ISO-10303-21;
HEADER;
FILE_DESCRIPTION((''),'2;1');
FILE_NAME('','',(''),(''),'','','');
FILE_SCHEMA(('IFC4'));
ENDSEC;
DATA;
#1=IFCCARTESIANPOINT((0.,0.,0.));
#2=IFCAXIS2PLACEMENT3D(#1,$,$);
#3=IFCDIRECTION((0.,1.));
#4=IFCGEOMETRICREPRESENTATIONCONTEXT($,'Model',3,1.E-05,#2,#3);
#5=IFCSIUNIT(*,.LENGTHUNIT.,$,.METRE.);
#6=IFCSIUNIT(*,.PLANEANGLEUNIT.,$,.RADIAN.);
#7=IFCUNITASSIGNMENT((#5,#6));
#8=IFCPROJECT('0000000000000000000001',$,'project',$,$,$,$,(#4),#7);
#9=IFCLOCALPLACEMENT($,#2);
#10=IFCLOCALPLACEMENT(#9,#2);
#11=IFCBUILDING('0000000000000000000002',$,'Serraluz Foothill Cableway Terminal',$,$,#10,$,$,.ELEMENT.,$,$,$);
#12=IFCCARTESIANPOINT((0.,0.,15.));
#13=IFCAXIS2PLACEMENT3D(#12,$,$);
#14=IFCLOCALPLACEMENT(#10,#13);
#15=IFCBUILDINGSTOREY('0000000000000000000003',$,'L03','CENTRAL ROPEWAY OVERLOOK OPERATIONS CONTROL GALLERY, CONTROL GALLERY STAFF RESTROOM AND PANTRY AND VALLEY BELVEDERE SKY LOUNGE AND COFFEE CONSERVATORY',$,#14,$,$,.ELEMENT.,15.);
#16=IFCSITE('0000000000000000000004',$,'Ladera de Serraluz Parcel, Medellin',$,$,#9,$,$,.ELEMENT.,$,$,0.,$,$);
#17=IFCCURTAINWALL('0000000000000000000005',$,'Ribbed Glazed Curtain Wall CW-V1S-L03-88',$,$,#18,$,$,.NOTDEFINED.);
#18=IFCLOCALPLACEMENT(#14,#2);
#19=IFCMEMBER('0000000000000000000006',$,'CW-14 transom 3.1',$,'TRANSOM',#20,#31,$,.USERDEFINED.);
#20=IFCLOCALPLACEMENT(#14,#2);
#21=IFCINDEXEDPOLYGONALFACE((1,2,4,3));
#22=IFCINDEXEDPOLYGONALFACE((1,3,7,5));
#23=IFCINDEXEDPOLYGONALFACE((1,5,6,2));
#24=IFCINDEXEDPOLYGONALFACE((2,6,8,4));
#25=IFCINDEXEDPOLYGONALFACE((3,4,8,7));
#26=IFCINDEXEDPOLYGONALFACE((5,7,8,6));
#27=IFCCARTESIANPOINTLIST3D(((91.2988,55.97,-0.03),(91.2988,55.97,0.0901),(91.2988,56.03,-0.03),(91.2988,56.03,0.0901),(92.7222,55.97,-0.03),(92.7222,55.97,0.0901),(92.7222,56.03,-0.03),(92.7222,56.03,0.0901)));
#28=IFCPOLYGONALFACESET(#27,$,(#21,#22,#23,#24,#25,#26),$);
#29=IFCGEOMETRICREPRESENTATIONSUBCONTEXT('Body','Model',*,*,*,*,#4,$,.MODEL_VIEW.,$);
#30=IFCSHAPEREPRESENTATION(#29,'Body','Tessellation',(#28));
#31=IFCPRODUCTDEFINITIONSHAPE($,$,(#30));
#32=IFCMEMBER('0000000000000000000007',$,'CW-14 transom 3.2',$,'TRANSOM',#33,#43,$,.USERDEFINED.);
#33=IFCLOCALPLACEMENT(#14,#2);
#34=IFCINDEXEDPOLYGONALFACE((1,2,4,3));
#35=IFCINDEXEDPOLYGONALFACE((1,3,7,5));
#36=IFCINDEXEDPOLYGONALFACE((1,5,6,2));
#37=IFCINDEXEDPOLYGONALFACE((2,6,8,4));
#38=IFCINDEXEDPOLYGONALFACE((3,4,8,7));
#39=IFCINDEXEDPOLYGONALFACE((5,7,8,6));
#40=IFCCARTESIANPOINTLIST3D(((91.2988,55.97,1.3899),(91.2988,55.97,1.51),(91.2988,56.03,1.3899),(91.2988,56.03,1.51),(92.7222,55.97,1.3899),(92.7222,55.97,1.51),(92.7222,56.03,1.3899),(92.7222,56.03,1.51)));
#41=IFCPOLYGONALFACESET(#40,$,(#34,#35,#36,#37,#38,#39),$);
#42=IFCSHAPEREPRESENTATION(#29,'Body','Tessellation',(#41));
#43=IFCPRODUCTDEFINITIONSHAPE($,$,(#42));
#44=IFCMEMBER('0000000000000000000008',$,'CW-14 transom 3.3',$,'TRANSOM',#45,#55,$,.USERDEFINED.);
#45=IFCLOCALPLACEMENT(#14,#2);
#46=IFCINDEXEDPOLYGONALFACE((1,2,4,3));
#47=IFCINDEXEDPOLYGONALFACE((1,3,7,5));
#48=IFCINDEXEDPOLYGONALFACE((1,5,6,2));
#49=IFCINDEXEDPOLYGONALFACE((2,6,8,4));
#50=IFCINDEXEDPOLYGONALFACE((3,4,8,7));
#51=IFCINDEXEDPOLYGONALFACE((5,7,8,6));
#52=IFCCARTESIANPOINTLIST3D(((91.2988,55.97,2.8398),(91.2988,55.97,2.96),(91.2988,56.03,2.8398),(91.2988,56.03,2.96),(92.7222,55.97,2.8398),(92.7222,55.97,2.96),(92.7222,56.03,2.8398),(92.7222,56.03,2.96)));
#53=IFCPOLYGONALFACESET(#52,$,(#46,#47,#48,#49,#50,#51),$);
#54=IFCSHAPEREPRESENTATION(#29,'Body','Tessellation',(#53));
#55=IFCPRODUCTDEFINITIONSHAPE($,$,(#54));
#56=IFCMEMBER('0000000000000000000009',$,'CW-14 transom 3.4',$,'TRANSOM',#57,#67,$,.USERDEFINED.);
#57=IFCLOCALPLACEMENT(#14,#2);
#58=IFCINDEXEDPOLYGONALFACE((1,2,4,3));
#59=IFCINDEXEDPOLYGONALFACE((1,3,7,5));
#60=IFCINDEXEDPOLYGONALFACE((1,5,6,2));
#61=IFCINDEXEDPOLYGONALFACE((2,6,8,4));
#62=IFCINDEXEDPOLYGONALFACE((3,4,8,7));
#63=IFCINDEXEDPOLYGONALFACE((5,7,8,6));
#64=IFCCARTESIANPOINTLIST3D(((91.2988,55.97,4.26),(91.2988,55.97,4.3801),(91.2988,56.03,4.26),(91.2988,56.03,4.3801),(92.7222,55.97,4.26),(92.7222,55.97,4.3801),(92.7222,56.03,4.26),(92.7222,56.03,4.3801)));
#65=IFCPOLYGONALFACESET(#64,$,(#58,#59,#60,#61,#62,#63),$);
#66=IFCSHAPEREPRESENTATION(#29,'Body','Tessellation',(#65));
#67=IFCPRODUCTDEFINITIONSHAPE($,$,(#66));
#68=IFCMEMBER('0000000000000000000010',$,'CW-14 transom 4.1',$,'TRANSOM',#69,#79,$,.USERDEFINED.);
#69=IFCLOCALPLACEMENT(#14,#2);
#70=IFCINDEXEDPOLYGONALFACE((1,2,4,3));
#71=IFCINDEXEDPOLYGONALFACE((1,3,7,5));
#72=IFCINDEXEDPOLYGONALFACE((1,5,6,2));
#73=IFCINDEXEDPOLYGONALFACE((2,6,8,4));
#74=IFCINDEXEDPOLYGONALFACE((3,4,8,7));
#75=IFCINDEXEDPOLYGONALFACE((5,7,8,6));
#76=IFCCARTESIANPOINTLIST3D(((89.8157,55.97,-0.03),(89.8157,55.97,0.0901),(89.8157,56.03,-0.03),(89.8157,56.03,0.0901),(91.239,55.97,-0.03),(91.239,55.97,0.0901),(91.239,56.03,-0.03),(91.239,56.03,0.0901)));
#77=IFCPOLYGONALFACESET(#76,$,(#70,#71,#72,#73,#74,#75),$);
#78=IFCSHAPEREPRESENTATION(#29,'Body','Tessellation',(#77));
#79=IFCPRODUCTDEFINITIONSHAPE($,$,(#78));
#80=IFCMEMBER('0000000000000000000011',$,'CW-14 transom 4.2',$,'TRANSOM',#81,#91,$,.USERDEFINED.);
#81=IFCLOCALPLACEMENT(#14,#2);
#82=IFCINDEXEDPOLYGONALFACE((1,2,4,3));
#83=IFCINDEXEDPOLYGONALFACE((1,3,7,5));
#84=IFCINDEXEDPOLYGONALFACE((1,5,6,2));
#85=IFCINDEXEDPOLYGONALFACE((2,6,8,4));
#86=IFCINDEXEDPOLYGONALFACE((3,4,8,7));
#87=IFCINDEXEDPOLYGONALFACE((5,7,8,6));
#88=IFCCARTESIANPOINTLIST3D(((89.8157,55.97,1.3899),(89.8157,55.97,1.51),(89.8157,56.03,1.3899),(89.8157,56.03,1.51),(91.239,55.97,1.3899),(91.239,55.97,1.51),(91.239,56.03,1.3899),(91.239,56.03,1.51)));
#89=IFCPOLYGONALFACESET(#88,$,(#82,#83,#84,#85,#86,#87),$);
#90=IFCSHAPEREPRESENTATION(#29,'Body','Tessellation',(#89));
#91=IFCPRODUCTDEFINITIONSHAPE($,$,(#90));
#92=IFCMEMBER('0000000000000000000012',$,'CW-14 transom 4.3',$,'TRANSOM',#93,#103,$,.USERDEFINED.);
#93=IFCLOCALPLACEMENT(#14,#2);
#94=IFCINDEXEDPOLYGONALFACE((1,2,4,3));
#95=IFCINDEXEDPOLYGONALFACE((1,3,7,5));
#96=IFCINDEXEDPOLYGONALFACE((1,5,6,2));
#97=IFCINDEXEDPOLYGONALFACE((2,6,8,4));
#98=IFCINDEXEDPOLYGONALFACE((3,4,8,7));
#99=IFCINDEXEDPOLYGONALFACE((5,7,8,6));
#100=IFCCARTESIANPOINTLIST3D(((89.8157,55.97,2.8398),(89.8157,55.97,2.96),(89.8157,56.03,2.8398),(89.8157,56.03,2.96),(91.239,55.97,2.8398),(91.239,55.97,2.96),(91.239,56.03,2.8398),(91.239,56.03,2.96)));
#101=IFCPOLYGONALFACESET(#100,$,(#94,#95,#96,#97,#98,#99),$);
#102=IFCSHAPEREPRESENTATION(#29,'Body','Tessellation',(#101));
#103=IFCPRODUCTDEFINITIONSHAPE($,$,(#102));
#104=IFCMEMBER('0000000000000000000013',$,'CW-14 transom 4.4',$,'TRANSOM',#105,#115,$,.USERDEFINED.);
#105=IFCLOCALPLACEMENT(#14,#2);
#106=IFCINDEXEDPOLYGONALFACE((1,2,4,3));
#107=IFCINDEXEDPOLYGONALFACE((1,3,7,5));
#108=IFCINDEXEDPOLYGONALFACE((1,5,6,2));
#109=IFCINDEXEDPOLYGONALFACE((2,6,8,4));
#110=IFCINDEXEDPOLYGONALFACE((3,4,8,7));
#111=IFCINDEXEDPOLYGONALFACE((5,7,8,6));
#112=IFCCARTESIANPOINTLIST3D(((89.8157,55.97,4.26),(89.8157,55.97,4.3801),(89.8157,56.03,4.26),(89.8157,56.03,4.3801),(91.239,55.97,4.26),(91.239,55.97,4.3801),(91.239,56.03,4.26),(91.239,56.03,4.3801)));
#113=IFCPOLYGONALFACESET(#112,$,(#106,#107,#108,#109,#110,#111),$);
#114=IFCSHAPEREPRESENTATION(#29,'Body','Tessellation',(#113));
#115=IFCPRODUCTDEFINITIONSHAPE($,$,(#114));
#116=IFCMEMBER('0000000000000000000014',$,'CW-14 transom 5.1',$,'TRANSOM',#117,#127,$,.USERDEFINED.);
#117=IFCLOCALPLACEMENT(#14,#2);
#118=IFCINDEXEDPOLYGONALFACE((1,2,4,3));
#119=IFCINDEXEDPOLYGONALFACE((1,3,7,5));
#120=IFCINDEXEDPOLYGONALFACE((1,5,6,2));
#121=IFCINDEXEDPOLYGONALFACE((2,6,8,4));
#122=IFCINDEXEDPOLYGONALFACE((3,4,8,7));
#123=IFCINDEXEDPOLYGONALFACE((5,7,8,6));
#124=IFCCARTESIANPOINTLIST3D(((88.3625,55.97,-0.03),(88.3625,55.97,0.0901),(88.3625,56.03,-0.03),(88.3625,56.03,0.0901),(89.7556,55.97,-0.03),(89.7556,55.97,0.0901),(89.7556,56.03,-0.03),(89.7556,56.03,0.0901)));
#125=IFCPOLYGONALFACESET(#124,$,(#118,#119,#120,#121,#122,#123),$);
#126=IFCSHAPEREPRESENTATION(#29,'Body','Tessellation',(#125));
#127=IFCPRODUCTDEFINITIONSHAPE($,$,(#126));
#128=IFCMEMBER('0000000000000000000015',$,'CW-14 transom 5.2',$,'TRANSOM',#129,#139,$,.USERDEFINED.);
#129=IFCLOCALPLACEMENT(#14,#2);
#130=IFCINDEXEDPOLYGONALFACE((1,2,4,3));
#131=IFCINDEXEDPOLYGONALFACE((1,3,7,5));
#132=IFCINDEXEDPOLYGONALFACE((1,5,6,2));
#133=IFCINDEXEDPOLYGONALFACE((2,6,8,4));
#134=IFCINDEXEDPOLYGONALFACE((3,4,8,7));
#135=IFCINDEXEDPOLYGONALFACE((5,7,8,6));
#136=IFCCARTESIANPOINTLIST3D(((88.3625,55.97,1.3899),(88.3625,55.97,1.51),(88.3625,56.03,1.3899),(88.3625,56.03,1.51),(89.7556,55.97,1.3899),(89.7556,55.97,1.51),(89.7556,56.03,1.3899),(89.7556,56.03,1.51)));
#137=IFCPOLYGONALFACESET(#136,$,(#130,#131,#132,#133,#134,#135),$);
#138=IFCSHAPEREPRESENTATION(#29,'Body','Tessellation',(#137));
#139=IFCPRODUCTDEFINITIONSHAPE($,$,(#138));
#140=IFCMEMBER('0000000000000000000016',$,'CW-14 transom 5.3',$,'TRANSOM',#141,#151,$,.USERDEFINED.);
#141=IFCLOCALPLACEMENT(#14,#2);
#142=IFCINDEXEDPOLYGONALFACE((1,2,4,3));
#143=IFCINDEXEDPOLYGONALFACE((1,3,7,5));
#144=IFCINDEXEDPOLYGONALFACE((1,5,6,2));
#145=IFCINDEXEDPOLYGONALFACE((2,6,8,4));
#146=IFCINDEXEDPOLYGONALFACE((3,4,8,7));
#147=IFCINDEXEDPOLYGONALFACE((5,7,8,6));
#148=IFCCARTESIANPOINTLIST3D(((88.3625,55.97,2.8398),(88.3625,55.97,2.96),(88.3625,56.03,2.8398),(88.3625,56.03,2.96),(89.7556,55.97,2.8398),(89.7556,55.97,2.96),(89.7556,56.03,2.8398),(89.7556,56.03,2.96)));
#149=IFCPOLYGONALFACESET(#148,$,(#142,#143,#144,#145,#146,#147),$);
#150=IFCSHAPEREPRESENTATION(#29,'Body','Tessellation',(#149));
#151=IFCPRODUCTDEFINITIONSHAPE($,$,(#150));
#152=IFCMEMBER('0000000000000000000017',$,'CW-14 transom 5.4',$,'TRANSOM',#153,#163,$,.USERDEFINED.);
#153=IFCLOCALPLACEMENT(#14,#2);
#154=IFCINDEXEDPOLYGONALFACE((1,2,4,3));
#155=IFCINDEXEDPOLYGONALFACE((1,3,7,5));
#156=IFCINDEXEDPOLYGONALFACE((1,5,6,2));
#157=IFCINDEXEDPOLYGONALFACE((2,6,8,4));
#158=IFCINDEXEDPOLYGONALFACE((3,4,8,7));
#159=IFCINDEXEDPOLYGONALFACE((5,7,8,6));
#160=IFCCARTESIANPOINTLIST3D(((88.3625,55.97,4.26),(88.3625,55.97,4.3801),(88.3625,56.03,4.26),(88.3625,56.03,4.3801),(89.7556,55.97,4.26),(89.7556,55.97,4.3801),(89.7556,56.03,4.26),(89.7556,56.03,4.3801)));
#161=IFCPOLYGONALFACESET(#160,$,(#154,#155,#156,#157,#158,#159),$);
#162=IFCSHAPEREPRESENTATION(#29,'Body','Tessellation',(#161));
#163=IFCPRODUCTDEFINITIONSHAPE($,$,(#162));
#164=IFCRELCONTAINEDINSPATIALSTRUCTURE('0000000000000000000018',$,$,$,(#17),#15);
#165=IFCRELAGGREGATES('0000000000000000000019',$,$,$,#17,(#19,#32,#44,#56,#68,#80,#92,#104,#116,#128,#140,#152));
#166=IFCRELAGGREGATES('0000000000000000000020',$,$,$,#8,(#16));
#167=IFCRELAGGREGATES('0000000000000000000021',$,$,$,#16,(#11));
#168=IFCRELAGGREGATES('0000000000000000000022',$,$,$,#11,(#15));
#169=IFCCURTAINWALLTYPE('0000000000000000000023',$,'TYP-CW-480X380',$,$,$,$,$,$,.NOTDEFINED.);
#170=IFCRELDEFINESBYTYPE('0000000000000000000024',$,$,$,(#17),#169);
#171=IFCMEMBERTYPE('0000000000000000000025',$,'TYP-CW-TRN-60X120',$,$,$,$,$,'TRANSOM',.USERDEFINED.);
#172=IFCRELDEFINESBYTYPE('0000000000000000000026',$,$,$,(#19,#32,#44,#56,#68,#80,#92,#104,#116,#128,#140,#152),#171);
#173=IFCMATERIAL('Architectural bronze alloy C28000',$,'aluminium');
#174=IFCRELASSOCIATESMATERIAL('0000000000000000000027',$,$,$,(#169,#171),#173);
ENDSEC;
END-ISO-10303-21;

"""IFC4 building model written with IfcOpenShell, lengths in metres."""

from ifc_helpers import new_model, si_unit, direction, frame, origin, origin_2d, place, context, subcontext, project, spatial, rectangle, extrude, material, material_profile, profile_set, type_object, element, aggregate, save


model = new_model("IFC4")

# Units and contexts
model_context = context("Model", 3, precision=1e-05, world=origin(), true_north=direction((0.0, 1.0)))
body_context = subcontext(model_context, "Body", "Model", "MODEL_VIEW")
ifc_project = project(units=[si_unit("LENGTHUNIT", "METRE"), si_unit("PLANEANGLEUNIT", "RADIAN")], contexts=[model_context])

# Site, building, storey
site_placement = place(None, origin())
site = spatial("IfcSite", under=ifc_project, at=site_placement, Name="Ladera de Serraluz Parcel, Medellin", CompositionType="ELEMENT", RefElevation=0.0)
building_placement = place(site_placement, origin())
building = spatial("IfcBuilding", under=site, at=building_placement, Name="Serraluz Foothill Cableway Terminal", CompositionType="ELEMENT")
storey_placement = place(building_placement, frame((0.0, 0.0, 15.0)))
storey = spatial("IfcBuildingStorey", under=building, at=storey_placement, Name="L03", Description="CENTRAL ROPEWAY OVERLOOK OPERATIONS CONTROL GALLERY, CONTROL GALLERY STAFF RESTROOM AND PANTRY AND VALLEY BELVEDERE SKY LOUNGE AND COFFEE CONSERVATORY", CompositionType="ELEMENT", Elevation=15.0)

# Shared definitions
ifc_material_1 = material(Name="Architectural bronze alloy C28000", Category="aluminium")

# Curtain wall
curtain_wall_type_1 = type_object("IfcCurtainWallType", Name="TYP-CW-480X380", PredefinedType="NOTDEFINED", material=ifc_material_1)
curtain_wall_1_placement = place(storey_placement, origin())
curtain_wall_1 = element("IfcCurtainWall", 1, at=curtain_wall_1_placement, inside=storey, type_object=curtain_wall_type_1, Name="Ribbed Glazed Curtain Wall CW-V1S-L03-88", PredefinedType="NOTDEFINED")

# Members
ifc_material_profile_1 = material_profile(ifc_material_1, rectangle(XDim=0.0601, YDim=0.1201, at=origin_2d()), Name="ALU TRANSOM 60x120")
ifc_profile_set_1 = profile_set([ifc_material_profile_1], Name="Architectural bronze alloy C28000")
member_type_1 = type_object("IfcMemberType", Name="TYP-CW-TRN-60X120", ElementType="TRANSOM", PredefinedType="USERDEFINED", material=ifc_profile_set_1)
member_1_placement = place(storey_placement, frame((92.7222, 56.0, 0.03), z_axis=(-1.0, 0.0, 0.0), x_axis=(0.0, -1.0, 0.0)))
member_1 = element("IfcMember", 2, at=member_1_placement, type_object=member_type_1, Name="CW-14 transom 3.1", ObjectType="TRANSOM", PredefinedType="USERDEFINED", context=body_context, shape_type="SweptSolid", body=[
    extrude(rectangle(XDim=0.0601, YDim=0.1201, at=origin_2d()), origin(), (0.0, 0.0, 1.0), 1.4233),
])
member_2_placement = place(storey_placement, frame((92.7222, 56.0, 1.45), z_axis=(-1.0, 0.0, 0.0), x_axis=(0.0, -1.0, 0.0)))
member_2 = element("IfcMember", 3, at=member_2_placement, type_object=member_type_1, Name="CW-14 transom 3.2", ObjectType="TRANSOM", PredefinedType="USERDEFINED", context=body_context, shape_type="SweptSolid", body=[
    extrude(rectangle(XDim=0.0601, YDim=0.1201, at=origin_2d()), origin(), (0.0, 0.0, 1.0), 1.4233),
])
member_3_placement = place(storey_placement, frame((92.7222, 56.0, 2.8999), z_axis=(-1.0, 0.0, 0.0), x_axis=(0.0, -1.0, 0.0)))
member_3 = element("IfcMember", 4, at=member_3_placement, type_object=member_type_1, Name="CW-14 transom 3.3", ObjectType="TRANSOM", PredefinedType="USERDEFINED", context=body_context, shape_type="SweptSolid", body=[
    extrude(rectangle(XDim=0.0601, YDim=0.1201, at=origin_2d()), origin(), (0.0, 0.0, 1.0), 1.4233),
])
member_4_placement = place(storey_placement, frame((92.7222, 56.0, 4.3201), z_axis=(-1.0, 0.0, 0.0), x_axis=(0.0, -1.0, 0.0)))
member_4 = element("IfcMember", 5, at=member_4_placement, type_object=member_type_1, Name="CW-14 transom 3.4", ObjectType="TRANSOM", PredefinedType="USERDEFINED", context=body_context, shape_type="SweptSolid", body=[
    extrude(rectangle(XDim=0.0601, YDim=0.1201, at=origin_2d()), origin(), (0.0, 0.0, 1.0), 1.4233),
])
member_5_placement = place(storey_placement, frame((91.239, 56.0, 0.03), z_axis=(-1.0, 0.0, 0.0), x_axis=(0.0, -1.0, 0.0)))
member_5 = element("IfcMember", 6, at=member_5_placement, type_object=member_type_1, Name="CW-14 transom 4.1", ObjectType="TRANSOM", PredefinedType="USERDEFINED", context=body_context, shape_type="SweptSolid", body=[
    extrude(rectangle(XDim=0.0601, YDim=0.1201, at=origin_2d()), origin(), (0.0, 0.0, 1.0), 1.4233),
])
member_6_placement = place(storey_placement, frame((91.239, 56.0, 1.45), z_axis=(-1.0, 0.0, 0.0), x_axis=(0.0, -1.0, 0.0)))
member_6 = element("IfcMember", 7, at=member_6_placement, type_object=member_type_1, Name="CW-14 transom 4.2", ObjectType="TRANSOM", PredefinedType="USERDEFINED", context=body_context, shape_type="SweptSolid", body=[
    extrude(rectangle(XDim=0.0601, YDim=0.1201, at=origin_2d()), origin(), (0.0, 0.0, 1.0), 1.4233),
])
member_7_placement = place(storey_placement, frame((91.239, 56.0, 2.8999), z_axis=(-1.0, 0.0, 0.0), x_axis=(0.0, -1.0, 0.0)))
member_7 = element("IfcMember", 8, at=member_7_placement, type_object=member_type_1, Name="CW-14 transom 4.3", ObjectType="TRANSOM", PredefinedType="USERDEFINED", context=body_context, shape_type="SweptSolid", body=[
    extrude(rectangle(XDim=0.0601, YDim=0.1201, at=origin_2d()), origin(), (0.0, 0.0, 1.0), 1.4233),
])
member_8_placement = place(storey_placement, frame((91.239, 56.0, 4.3201), z_axis=(-1.0, 0.0, 0.0), x_axis=(0.0, -1.0, 0.0)))
member_8 = element("IfcMember", 9, at=member_8_placement, type_object=member_type_1, Name="CW-14 transom 4.4", ObjectType="TRANSOM", PredefinedType="USERDEFINED", context=body_context, shape_type="SweptSolid", body=[
    extrude(rectangle(XDim=0.0601, YDim=0.1201, at=origin_2d()), origin(), (0.0, 0.0, 1.0), 1.4233),
])
member_9_placement = place(storey_placement, frame((89.7556, 56.0, 0.03), z_axis=(-1.0, 0.0, 0.0), x_axis=(0.0, -1.0, 0.0)))
member_9 = element("IfcMember", 10, at=member_9_placement, type_object=member_type_1, Name="CW-14 transom 5.1", ObjectType="TRANSOM", PredefinedType="USERDEFINED", context=body_context, shape_type="SweptSolid", body=[
    extrude(rectangle(XDim=0.0601, YDim=0.1201, at=origin_2d()), origin(), (0.0, 0.0, 1.0), 1.3931),
])
member_10_placement = place(storey_placement, frame((89.7556, 56.0, 1.45), z_axis=(-1.0, 0.0, 0.0), x_axis=(0.0, -1.0, 0.0)))
member_10 = element("IfcMember", 11, at=member_10_placement, type_object=member_type_1, Name="CW-14 transom 5.2", ObjectType="TRANSOM", PredefinedType="USERDEFINED", context=body_context, shape_type="SweptSolid", body=[
    extrude(rectangle(XDim=0.0601, YDim=0.1201, at=origin_2d()), origin(), (0.0, 0.0, 1.0), 1.3931),
])
member_11_placement = place(storey_placement, frame((89.7556, 56.0, 2.8999), z_axis=(-1.0, 0.0, 0.0), x_axis=(0.0, -1.0, 0.0)))
member_11 = element("IfcMember", 12, at=member_11_placement, type_object=member_type_1, Name="CW-14 transom 5.3", ObjectType="TRANSOM", PredefinedType="USERDEFINED", context=body_context, shape_type="SweptSolid", body=[
    extrude(rectangle(XDim=0.0601, YDim=0.1201, at=origin_2d()), origin(), (0.0, 0.0, 1.0), 1.3931),
])
member_12_placement = place(storey_placement, frame((89.7556, 56.0, 4.3201), z_axis=(-1.0, 0.0, 0.0), x_axis=(0.0, -1.0, 0.0)))
member_12 = element("IfcMember", 13, at=member_12_placement, type_object=member_type_1, Name="CW-14 transom 5.4", ObjectType="TRANSOM", PredefinedType="USERDEFINED", context=body_context, shape_type="SweptSolid", body=[
    extrude(rectangle(XDim=0.0601, YDim=0.1201, at=origin_2d()), origin(), (0.0, 0.0, 1.0), 1.3931),
])

aggregate(curtain_wall_1, [member_1, member_2, member_3, member_4, member_5, member_6, member_7, member_8, member_9, member_10, member_11, member_12])

save(model, "model.ifc")
